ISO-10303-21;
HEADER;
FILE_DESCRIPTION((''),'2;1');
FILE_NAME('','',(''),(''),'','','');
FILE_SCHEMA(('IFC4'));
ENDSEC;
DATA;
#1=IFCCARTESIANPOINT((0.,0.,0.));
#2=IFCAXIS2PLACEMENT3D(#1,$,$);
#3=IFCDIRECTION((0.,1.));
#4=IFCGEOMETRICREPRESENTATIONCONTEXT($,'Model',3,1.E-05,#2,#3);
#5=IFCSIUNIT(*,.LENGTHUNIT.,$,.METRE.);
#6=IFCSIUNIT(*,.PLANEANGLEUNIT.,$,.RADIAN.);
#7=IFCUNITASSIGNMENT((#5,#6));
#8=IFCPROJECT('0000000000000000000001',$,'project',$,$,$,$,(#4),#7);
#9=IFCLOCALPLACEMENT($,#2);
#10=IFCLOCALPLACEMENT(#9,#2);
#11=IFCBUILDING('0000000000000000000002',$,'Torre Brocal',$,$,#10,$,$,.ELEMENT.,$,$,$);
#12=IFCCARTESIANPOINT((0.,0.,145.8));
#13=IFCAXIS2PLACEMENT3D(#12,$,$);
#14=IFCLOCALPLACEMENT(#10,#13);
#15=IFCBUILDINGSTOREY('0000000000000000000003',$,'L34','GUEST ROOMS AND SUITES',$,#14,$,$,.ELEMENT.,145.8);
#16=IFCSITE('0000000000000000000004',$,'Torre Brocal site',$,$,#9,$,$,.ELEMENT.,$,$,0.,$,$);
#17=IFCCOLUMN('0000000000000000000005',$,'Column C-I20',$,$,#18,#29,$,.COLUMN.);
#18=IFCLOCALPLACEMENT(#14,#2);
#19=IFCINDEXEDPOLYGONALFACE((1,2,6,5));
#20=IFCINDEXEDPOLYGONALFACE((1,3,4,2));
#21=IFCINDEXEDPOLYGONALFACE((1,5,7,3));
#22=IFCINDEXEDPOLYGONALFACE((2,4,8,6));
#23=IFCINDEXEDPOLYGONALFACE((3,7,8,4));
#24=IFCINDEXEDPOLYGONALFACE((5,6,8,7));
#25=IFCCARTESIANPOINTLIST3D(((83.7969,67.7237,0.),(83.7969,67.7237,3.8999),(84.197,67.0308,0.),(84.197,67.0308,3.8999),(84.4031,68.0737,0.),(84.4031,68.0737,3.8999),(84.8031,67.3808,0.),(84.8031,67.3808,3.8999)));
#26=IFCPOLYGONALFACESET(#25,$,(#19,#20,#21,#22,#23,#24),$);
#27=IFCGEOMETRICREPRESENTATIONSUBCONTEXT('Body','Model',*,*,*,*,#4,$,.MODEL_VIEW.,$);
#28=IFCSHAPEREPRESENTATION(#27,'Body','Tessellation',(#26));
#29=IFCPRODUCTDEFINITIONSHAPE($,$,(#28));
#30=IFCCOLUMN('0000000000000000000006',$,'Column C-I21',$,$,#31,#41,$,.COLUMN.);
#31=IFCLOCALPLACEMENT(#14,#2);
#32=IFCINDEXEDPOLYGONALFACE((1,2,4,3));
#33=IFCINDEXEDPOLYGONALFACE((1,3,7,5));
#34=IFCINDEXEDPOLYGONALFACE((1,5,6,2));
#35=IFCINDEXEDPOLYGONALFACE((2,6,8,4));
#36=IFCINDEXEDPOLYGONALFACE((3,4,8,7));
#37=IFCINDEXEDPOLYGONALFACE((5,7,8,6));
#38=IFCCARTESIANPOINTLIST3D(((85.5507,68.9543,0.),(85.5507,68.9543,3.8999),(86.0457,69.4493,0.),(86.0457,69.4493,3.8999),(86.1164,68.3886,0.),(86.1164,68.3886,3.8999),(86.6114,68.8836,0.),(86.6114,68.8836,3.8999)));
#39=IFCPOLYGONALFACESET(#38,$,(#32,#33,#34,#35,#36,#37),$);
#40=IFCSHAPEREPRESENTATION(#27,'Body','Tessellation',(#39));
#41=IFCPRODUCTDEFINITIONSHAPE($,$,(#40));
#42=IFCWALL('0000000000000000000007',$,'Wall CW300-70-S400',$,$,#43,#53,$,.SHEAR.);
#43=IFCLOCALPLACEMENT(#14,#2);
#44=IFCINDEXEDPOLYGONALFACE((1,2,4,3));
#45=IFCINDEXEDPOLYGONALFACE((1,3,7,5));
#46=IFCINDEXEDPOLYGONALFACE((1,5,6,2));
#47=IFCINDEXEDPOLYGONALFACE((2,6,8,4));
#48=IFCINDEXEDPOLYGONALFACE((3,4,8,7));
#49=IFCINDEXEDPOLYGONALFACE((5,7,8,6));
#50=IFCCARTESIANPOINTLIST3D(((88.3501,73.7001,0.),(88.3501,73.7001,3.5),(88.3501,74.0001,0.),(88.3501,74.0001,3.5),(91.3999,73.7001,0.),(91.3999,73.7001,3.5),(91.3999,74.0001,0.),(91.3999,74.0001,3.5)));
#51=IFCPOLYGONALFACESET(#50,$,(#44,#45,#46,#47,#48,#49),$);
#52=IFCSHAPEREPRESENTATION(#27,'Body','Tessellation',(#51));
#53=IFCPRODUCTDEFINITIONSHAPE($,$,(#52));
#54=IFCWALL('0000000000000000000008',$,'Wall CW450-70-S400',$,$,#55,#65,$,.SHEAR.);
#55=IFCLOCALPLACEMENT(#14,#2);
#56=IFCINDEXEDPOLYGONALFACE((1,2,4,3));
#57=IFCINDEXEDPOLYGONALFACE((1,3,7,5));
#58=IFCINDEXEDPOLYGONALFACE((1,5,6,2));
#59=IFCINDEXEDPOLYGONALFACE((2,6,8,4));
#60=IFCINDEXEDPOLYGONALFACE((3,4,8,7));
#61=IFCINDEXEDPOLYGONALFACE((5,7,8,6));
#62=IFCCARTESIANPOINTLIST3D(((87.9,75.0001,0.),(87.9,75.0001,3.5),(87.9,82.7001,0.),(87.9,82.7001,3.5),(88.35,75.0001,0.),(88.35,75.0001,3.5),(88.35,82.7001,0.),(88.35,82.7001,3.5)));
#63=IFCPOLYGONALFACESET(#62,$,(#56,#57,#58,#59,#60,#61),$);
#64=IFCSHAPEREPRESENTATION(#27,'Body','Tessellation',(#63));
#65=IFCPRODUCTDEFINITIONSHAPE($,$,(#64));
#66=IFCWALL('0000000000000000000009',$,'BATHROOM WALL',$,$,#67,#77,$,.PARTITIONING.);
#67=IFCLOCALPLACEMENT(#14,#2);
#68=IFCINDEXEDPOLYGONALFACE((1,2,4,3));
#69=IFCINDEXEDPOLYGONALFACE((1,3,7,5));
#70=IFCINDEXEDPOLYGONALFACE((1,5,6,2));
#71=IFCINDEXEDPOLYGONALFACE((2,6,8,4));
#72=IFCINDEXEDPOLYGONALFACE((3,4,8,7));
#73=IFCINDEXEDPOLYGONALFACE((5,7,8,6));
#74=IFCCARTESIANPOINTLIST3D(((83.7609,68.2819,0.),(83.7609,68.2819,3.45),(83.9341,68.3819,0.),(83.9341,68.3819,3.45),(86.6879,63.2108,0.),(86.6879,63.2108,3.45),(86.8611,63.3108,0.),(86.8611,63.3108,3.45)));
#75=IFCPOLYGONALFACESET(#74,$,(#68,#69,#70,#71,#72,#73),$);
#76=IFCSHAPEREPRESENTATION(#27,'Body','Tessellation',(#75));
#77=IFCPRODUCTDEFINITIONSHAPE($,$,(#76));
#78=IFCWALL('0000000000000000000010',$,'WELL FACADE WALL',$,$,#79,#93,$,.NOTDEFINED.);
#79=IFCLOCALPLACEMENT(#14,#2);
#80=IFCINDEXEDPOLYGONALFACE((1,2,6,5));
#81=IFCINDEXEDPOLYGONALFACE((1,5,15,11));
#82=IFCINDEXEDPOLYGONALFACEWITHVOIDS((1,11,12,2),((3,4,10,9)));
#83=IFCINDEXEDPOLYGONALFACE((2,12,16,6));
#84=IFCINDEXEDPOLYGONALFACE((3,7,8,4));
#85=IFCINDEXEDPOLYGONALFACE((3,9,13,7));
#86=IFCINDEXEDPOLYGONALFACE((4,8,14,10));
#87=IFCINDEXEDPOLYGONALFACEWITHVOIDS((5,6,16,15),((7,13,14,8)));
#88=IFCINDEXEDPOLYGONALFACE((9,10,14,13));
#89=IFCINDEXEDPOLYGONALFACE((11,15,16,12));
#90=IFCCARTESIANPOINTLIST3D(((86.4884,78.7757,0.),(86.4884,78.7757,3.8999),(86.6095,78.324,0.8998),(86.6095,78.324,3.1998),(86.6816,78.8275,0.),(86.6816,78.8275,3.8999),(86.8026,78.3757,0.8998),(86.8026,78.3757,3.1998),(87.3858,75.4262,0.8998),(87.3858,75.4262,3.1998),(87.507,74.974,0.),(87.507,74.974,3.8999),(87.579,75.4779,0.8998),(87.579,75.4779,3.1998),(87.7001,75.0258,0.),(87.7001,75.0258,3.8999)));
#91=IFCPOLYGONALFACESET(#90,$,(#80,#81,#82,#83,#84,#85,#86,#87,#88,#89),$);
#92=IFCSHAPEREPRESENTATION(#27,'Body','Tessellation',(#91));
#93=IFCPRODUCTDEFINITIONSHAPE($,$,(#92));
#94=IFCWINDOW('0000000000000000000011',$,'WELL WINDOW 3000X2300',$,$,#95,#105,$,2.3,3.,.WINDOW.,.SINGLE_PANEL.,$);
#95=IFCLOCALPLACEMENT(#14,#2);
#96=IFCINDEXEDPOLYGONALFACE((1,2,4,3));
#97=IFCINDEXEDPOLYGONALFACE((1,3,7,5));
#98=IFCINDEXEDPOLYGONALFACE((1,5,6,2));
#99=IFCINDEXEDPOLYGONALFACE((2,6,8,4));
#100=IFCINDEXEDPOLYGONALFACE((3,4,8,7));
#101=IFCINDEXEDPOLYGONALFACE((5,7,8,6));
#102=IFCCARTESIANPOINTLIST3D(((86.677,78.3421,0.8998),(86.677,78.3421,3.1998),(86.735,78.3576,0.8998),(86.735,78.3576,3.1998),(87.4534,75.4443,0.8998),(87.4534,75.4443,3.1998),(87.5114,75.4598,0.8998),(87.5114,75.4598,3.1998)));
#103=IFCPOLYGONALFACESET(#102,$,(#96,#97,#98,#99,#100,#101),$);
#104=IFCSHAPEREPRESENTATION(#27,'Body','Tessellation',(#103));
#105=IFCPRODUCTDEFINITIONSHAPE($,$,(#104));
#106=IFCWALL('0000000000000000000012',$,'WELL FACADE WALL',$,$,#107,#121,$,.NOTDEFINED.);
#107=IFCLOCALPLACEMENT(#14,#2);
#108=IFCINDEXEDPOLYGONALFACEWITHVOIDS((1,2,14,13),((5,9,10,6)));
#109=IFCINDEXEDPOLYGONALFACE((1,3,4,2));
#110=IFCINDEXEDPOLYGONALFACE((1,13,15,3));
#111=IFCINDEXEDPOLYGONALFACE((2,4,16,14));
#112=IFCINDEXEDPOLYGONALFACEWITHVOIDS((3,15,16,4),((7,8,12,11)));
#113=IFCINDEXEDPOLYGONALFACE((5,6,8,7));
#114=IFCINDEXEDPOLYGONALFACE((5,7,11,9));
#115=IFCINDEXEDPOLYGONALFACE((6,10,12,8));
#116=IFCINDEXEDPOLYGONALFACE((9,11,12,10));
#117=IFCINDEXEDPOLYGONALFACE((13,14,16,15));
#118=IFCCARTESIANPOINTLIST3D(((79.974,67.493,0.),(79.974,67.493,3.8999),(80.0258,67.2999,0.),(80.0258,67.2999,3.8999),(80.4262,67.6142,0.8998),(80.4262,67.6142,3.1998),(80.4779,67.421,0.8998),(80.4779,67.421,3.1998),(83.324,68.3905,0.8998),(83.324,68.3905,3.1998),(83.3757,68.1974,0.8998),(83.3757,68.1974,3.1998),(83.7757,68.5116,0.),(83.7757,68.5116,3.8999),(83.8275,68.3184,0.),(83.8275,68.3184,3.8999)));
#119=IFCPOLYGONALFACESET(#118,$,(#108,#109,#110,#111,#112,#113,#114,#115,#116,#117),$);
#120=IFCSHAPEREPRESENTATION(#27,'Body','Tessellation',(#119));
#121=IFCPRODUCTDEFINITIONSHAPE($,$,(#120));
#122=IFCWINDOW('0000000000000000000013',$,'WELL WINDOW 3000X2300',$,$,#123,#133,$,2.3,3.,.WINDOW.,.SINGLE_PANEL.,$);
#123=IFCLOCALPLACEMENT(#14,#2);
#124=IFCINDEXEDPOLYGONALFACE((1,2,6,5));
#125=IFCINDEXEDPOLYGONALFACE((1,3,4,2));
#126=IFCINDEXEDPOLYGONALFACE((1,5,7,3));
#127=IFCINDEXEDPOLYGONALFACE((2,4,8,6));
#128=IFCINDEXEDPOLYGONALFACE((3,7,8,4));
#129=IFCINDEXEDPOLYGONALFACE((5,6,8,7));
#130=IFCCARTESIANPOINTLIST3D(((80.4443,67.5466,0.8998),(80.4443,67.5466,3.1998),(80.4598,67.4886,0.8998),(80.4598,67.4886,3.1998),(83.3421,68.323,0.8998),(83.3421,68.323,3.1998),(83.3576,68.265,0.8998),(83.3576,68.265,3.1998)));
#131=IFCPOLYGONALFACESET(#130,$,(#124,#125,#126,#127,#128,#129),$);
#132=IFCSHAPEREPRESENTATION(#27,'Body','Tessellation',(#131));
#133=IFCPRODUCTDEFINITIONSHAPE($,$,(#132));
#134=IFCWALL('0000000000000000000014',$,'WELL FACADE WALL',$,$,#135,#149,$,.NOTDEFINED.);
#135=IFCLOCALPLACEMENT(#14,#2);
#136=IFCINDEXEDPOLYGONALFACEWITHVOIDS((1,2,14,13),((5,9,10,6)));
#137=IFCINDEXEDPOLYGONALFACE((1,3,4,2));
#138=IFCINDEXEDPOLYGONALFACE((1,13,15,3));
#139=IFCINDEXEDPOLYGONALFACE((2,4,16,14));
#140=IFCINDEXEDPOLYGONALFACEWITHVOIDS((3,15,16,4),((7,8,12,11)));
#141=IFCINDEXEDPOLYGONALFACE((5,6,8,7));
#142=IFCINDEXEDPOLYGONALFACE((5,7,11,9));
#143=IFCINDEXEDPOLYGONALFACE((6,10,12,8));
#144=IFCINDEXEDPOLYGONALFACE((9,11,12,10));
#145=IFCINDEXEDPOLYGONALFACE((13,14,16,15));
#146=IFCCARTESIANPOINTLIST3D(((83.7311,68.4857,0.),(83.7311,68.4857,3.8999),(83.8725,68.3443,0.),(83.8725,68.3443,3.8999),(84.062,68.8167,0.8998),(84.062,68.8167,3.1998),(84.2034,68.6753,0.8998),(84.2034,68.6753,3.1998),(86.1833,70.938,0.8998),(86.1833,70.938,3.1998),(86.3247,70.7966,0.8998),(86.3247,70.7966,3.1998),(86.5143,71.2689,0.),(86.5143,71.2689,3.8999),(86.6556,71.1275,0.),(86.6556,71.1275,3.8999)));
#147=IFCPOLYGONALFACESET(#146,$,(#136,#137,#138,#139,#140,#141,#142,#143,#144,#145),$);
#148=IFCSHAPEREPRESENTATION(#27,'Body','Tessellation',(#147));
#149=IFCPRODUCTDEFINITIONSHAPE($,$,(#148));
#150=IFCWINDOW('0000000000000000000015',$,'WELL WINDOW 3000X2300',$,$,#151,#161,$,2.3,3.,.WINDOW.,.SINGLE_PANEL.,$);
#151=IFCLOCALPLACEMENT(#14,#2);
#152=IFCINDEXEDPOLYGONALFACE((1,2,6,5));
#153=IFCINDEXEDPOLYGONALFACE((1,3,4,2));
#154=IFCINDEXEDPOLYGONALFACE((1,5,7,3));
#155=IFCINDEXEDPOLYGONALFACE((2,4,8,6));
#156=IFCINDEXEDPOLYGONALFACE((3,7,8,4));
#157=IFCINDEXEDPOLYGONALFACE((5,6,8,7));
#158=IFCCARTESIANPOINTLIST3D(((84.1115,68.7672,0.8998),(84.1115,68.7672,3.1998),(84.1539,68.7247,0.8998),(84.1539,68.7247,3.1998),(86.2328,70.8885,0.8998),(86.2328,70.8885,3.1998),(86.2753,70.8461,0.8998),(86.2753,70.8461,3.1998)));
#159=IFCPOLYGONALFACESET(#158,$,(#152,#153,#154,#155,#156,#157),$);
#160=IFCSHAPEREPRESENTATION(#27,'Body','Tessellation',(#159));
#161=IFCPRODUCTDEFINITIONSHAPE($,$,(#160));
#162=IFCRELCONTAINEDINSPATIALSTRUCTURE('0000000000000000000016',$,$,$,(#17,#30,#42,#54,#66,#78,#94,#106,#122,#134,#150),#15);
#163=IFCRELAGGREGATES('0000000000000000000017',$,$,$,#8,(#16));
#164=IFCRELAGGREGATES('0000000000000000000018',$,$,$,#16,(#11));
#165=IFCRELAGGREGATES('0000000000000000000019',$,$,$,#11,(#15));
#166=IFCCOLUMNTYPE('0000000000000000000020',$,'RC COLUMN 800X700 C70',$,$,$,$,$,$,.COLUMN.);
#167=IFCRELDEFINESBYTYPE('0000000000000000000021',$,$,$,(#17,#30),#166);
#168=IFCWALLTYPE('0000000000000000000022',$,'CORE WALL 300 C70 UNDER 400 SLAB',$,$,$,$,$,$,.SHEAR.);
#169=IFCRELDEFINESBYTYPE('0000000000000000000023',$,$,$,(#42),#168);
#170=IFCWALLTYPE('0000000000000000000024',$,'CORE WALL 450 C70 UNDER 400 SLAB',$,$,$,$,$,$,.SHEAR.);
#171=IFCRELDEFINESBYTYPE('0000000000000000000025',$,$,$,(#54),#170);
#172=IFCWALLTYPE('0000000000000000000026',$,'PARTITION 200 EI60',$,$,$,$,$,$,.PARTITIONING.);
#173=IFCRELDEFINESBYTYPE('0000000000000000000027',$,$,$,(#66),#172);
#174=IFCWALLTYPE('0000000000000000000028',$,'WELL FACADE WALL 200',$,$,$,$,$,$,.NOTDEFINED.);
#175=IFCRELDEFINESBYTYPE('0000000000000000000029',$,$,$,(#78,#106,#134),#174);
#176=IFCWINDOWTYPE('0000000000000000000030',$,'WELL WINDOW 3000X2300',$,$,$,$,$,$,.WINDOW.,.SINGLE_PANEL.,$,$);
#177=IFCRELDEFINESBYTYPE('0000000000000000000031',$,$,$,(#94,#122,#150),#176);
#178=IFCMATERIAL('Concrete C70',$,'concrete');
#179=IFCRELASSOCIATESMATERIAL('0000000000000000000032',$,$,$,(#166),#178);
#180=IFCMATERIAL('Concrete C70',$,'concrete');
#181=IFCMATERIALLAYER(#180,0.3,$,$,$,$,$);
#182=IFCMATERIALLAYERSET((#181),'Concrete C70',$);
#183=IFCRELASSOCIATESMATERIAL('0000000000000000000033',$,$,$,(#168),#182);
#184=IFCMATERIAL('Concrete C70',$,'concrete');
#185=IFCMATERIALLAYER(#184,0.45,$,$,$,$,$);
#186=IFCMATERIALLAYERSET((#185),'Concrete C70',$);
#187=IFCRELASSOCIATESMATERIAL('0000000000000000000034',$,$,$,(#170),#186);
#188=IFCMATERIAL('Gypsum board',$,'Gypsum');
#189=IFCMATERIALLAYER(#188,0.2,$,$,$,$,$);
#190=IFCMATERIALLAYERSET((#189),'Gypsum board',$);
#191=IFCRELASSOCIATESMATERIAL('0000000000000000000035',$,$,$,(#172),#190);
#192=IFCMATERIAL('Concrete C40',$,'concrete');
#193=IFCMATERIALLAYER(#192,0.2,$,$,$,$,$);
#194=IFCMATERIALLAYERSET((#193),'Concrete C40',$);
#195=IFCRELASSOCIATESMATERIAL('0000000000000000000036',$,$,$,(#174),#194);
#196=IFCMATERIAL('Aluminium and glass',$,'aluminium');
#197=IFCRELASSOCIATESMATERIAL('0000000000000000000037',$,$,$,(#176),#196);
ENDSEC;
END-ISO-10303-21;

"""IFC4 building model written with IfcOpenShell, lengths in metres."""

from ifc_helpers import new_model, si_unit, direction, frame, frame_2d, origin, origin_2d, place, context, subcontext, project, spatial, rectangle, extrude, material, layer, layer_set, material_profile, profile_set, type_object, element, fill, save


model = new_model("IFC4")

# Units and contexts
model_context = context("Model", 3, precision=1e-05, world=origin(), true_north=direction((0.0, 1.0)))
body_context = subcontext(model_context, "Body", "Model", "MODEL_VIEW")
ifc_project = project(units=[si_unit("LENGTHUNIT", "METRE"), si_unit("PLANEANGLEUNIT", "RADIAN")], contexts=[model_context])

# Site, building, storey
site_placement = place(None, origin())
site = spatial("IfcSite", under=ifc_project, at=site_placement, Name="Torre Brocal site", CompositionType="ELEMENT", RefElevation=0.0)
building_placement = place(site_placement, origin())
building = spatial("IfcBuilding", under=site, at=building_placement, Name="Torre Brocal", CompositionType="ELEMENT")
storey_placement = place(building_placement, frame((0.0, 0.0, 145.8)))
storey = spatial("IfcBuildingStorey", under=building, at=storey_placement, Name="L34", Description="GUEST ROOMS AND SUITES", CompositionType="ELEMENT", Elevation=145.8)

# Columns
ifc_material_1 = material(Name="Concrete C70", Category="concrete")
ifc_material_profile = material_profile(ifc_material_1, rectangle(XDim=0.8, YDim=0.7, at=origin_2d()), Name="RC 800X700")
ifc_profile_set = profile_set([ifc_material_profile], Name="Concrete C70")
column_type = type_object("IfcColumnType", Name="RC COLUMN 800X700 C70", PredefinedType="COLUMN", material=ifc_profile_set)
for number, where, z_axis, x_axis, name in (
    (1, (84.3, 67.5522, 0.0), (0.0, 0.0, 1.0), (0.5, -0.866025, 0.0), "Column C-I20"),
    (2, (86.0811, 68.9189, 0.0), (0.0, 0.0, 1.0), (0.707107, -0.707107, 0.0), "Column C-I21"),
):
    element("IfcColumn", number, at=place(storey_placement, frame(where, z_axis=z_axis, x_axis=x_axis)), inside=storey, type_object=column_type, Name=name, PredefinedType="COLUMN", context=body_context, shape_type="SweptSolid", body=[
        extrude(rectangle(XDim=0.8, YDim=0.7, at=origin_2d()), origin(), (0.0, 0.0, 1.0), 3.8999),
    ])

# Walls
ifc_material_2 = material(Name="Concrete C70", Category="concrete")
ifc_layer_1 = layer(ifc_material_2, 0.3)
ifc_layer_set_1 = layer_set([ifc_layer_1], Name="Concrete C70")
wall_type_1 = type_object("IfcWallType", Name="CORE WALL 300 C70 UNDER 400 SLAB", PredefinedType="SHEAR", material=ifc_layer_set_1)
wall_1_placement = place(storey_placement, frame((88.3501, 73.8501, 0.0), z_axis=(0.0, 0.0, 1.0), x_axis=(1.0, 0.0, 0.0)))
element("IfcWall", 3, at=wall_1_placement, inside=storey, type_object=wall_type_1, Name="Wall CW300-70-S400", PredefinedType="SHEAR", context=body_context, shape_type="SweptSolid", body=[
    extrude(rectangle(XDim=3.0498, YDim=0.3, at=frame_2d((1.5249, 0.0))), origin(), (0.0, 0.0, 1.0), 3.5),
])
ifc_material_3 = material(Name="Concrete C70", Category="concrete")
ifc_layer_2 = layer(ifc_material_3, 0.45)
ifc_layer_set_2 = layer_set([ifc_layer_2], Name="Concrete C70")
wall_type_2 = type_object("IfcWallType", Name="CORE WALL 450 C70 UNDER 400 SLAB", PredefinedType="SHEAR", material=ifc_layer_set_2)
wall_2_placement = place(storey_placement, frame((88.125, 75.0, 0.0), z_axis=(0.0, 0.0, 1.0), x_axis=(0.0, 1.0, 0.0)))
element("IfcWall", 4, at=wall_2_placement, inside=storey, type_object=wall_type_2, Name="Wall CW450-70-S400", PredefinedType="SHEAR", context=body_context, shape_type="SweptSolid", body=[
    extrude(rectangle(XDim=7.7, YDim=0.45, at=frame_2d((3.8501, 0.0))), origin(), (0.0, 0.0, 1.0), 3.5),
])
ifc_material_4 = material(Name="Gypsum board", Category="Gypsum")
ifc_layer_3 = layer(ifc_material_4, 0.2)
ifc_layer_set_3 = layer_set([ifc_layer_3], Name="Gypsum board")
wall_type_3 = type_object("IfcWallType", Name="PARTITION 200 EI60", PredefinedType="PARTITIONING", material=ifc_layer_set_3)
wall_3_placement = place(storey_placement, frame((83.8474, 68.332, 0.0), z_axis=(0.0, 0.0, 1.0), x_axis=(0.499902, -0.866082, 0.0)))
element("IfcWall", 5, at=wall_3_placement, inside=storey, type_object=wall_type_3, Name="BATHROOM WALL", PredefinedType="PARTITIONING", context=body_context, shape_type="SweptSolid", body=[
    extrude(rectangle(XDim=5.8552, YDim=0.2, at=frame_2d((2.9277, 0.0))), origin(), (0.0, 0.0, 1.0), 3.45),
])

# Walls, openings, windows
ifc_material_5 = material(Name="Concrete C40", Category="concrete")
ifc_layer_4 = layer(ifc_material_5, 0.2)
ifc_layer_set_4 = layer_set([ifc_layer_4], Name="Concrete C40")
wall_type_4 = type_object("IfcWallType", Name="WELL FACADE WALL 200", PredefinedType="NOTDEFINED", material=ifc_layer_set_4)
wall_4_placement = place(storey_placement, frame((87.6035, 75.0, 0.0), z_axis=(0.0, 0.0, 1.0), x_axis=(-0.25879, 0.965934, 0.0)))
wall_4 = element("IfcWall", 6, at=wall_4_placement, inside=storey, type_object=wall_type_4, Name="WELL FACADE WALL", PredefinedType="NOTDEFINED", context=body_context, shape_type="SweptSolid", body=[
    extrude(rectangle(XDim=3.9358, YDim=0.2, at=frame_2d((1.9678, 0.0))), origin(), (0.0, 0.0, 1.0), 3.8999),
])
opening_1_placement = place(wall_4_placement, frame((0.468, 0.0, 0.8999)))
opening_1 = element("IfcOpeningElement", 7, at=opening_1_placement, cuts=wall_4, PredefinedType="OPENING", context=body_context, shape_type="SweptSolid", body=[
    extrude(rectangle(XDim=3.0, YDim=2.3, at=frame_2d((1.5, 1.1499))), frame((0.0, 0.1099, 0.0), z_axis=(0.0, -1.0, 0.0), x_axis=(1.0, 0.0, 0.0)), (0.0, 0.0, 1.0), 0.22),
])
ifc_material_6 = material(Name="Aluminium and glass", Category="aluminium")
window_type = type_object("IfcWindowType", Name="WELL WINDOW 3000X2300", PartitioningType="SINGLE_PANEL", PredefinedType="WINDOW", material=ifc_material_6)
window_1_placement = place(opening_1_placement, origin())
window_1 = element("IfcWindow", 8, at=window_1_placement, inside=storey, type_object=window_type, Name="WELL WINDOW 3000X2300", OverallHeight=2.3, OverallWidth=3.0, PartitioningType="SINGLE_PANEL", PredefinedType="WINDOW", context=body_context, shape_type="SweptSolid", body=[
    extrude(rectangle(XDim=3.0, YDim=2.3, at=frame_2d((1.5, 1.1499))), frame((0.0, 0.03, 0.0), z_axis=(0.0, -1.0, 0.0), x_axis=(1.0, 0.0, 0.0)), (0.0, 0.0, 1.0), 0.0601),
])
fill(opening_1, window_1)
wall_5_placement = place(storey_placement, frame((80.0, 67.3965, 0.0), z_axis=(0.0, 0.0, 1.0), x_axis=(0.965934, 0.25879, 0.0)))
wall_5 = element("IfcWall", 9, at=wall_5_placement, inside=storey, type_object=wall_type_4, Name="WELL FACADE WALL", PredefinedType="NOTDEFINED", context=body_context, shape_type="SweptSolid", body=[
    extrude(rectangle(XDim=3.9358, YDim=0.2, at=frame_2d((1.9678, 0.0))), origin(), (0.0, 0.0, 1.0), 3.8999),
])
opening_2_placement = place(wall_5_placement, frame((0.468, 0.0, 0.8999)))
opening_2 = element("IfcOpeningElement", 10, at=opening_2_placement, cuts=wall_5, PredefinedType="OPENING", context=body_context, shape_type="SweptSolid", body=[
    extrude(rectangle(XDim=3.0, YDim=2.3, at=frame_2d((1.5, 1.1499))), frame((0.0, 0.1099, 0.0), z_axis=(0.0, -1.0, 0.0), x_axis=(1.0, 0.0, 0.0)), (0.0, 0.0, 1.0), 0.22),
])
window_2_placement = place(opening_2_placement, origin())
window_2 = element("IfcWindow", 11, at=window_2_placement, inside=storey, type_object=window_type, Name="WELL WINDOW 3000X2300", OverallHeight=2.3, OverallWidth=3.0, PartitioningType="SINGLE_PANEL", PredefinedType="WINDOW", context=body_context, shape_type="SweptSolid", body=[
    extrude(rectangle(XDim=3.0, YDim=2.3, at=frame_2d((1.5, 1.1499))), frame((0.0, 0.03, 0.0), z_axis=(0.0, -1.0, 0.0), x_axis=(1.0, 0.0, 0.0)), (0.0, 0.0, 1.0), 0.0601),
])
fill(opening_2, window_2)
wall_6_placement = place(storey_placement, frame((83.8018, 68.415, 0.0), z_axis=(0.0, 0.0, 1.0), x_axis=(0.707107, 0.707107, 0.0)))
wall_6 = element("IfcWall", 12, at=wall_6_placement, inside=storey, type_object=wall_type_4, Name="WELL FACADE WALL", PredefinedType="NOTDEFINED", context=body_context, shape_type="SweptSolid", body=[
    extrude(rectangle(XDim=3.936, YDim=0.2, at=frame_2d((1.968, 0.0))), origin(), (0.0, 0.0, 1.0), 3.8999),
])
opening_3_placement = place(wall_6_placement, frame((0.468, 0.0, 0.8999)))
opening_3 = element("IfcOpeningElement", 13, at=opening_3_placement, cuts=wall_6, PredefinedType="OPENING", context=body_context, shape_type="SweptSolid", body=[
    extrude(rectangle(XDim=3.0, YDim=2.3, at=frame_2d((1.5, 1.1499))), frame((0.0, 0.1099, 0.0), z_axis=(0.0, -1.0, 0.0), x_axis=(1.0, 0.0, 0.0)), (0.0, 0.0, 1.0), 0.22),
])
window_3_placement = place(opening_3_placement, origin())
window_3 = element("IfcWindow", 14, at=window_3_placement, inside=storey, type_object=window_type, Name="WELL WINDOW 3000X2300", OverallHeight=2.3, OverallWidth=3.0, PartitioningType="SINGLE_PANEL", PredefinedType="WINDOW", context=body_context, shape_type="SweptSolid", body=[
    extrude(rectangle(XDim=3.0, YDim=2.3, at=frame_2d((1.5, 1.1499))), frame((0.0, 0.03, 0.0), z_axis=(0.0, -1.0, 0.0), x_axis=(1.0, 0.0, 0.0)), (0.0, 0.0, 1.0), 0.0601),
])
fill(opening_3, window_3)

save(model, "model.ifc")
